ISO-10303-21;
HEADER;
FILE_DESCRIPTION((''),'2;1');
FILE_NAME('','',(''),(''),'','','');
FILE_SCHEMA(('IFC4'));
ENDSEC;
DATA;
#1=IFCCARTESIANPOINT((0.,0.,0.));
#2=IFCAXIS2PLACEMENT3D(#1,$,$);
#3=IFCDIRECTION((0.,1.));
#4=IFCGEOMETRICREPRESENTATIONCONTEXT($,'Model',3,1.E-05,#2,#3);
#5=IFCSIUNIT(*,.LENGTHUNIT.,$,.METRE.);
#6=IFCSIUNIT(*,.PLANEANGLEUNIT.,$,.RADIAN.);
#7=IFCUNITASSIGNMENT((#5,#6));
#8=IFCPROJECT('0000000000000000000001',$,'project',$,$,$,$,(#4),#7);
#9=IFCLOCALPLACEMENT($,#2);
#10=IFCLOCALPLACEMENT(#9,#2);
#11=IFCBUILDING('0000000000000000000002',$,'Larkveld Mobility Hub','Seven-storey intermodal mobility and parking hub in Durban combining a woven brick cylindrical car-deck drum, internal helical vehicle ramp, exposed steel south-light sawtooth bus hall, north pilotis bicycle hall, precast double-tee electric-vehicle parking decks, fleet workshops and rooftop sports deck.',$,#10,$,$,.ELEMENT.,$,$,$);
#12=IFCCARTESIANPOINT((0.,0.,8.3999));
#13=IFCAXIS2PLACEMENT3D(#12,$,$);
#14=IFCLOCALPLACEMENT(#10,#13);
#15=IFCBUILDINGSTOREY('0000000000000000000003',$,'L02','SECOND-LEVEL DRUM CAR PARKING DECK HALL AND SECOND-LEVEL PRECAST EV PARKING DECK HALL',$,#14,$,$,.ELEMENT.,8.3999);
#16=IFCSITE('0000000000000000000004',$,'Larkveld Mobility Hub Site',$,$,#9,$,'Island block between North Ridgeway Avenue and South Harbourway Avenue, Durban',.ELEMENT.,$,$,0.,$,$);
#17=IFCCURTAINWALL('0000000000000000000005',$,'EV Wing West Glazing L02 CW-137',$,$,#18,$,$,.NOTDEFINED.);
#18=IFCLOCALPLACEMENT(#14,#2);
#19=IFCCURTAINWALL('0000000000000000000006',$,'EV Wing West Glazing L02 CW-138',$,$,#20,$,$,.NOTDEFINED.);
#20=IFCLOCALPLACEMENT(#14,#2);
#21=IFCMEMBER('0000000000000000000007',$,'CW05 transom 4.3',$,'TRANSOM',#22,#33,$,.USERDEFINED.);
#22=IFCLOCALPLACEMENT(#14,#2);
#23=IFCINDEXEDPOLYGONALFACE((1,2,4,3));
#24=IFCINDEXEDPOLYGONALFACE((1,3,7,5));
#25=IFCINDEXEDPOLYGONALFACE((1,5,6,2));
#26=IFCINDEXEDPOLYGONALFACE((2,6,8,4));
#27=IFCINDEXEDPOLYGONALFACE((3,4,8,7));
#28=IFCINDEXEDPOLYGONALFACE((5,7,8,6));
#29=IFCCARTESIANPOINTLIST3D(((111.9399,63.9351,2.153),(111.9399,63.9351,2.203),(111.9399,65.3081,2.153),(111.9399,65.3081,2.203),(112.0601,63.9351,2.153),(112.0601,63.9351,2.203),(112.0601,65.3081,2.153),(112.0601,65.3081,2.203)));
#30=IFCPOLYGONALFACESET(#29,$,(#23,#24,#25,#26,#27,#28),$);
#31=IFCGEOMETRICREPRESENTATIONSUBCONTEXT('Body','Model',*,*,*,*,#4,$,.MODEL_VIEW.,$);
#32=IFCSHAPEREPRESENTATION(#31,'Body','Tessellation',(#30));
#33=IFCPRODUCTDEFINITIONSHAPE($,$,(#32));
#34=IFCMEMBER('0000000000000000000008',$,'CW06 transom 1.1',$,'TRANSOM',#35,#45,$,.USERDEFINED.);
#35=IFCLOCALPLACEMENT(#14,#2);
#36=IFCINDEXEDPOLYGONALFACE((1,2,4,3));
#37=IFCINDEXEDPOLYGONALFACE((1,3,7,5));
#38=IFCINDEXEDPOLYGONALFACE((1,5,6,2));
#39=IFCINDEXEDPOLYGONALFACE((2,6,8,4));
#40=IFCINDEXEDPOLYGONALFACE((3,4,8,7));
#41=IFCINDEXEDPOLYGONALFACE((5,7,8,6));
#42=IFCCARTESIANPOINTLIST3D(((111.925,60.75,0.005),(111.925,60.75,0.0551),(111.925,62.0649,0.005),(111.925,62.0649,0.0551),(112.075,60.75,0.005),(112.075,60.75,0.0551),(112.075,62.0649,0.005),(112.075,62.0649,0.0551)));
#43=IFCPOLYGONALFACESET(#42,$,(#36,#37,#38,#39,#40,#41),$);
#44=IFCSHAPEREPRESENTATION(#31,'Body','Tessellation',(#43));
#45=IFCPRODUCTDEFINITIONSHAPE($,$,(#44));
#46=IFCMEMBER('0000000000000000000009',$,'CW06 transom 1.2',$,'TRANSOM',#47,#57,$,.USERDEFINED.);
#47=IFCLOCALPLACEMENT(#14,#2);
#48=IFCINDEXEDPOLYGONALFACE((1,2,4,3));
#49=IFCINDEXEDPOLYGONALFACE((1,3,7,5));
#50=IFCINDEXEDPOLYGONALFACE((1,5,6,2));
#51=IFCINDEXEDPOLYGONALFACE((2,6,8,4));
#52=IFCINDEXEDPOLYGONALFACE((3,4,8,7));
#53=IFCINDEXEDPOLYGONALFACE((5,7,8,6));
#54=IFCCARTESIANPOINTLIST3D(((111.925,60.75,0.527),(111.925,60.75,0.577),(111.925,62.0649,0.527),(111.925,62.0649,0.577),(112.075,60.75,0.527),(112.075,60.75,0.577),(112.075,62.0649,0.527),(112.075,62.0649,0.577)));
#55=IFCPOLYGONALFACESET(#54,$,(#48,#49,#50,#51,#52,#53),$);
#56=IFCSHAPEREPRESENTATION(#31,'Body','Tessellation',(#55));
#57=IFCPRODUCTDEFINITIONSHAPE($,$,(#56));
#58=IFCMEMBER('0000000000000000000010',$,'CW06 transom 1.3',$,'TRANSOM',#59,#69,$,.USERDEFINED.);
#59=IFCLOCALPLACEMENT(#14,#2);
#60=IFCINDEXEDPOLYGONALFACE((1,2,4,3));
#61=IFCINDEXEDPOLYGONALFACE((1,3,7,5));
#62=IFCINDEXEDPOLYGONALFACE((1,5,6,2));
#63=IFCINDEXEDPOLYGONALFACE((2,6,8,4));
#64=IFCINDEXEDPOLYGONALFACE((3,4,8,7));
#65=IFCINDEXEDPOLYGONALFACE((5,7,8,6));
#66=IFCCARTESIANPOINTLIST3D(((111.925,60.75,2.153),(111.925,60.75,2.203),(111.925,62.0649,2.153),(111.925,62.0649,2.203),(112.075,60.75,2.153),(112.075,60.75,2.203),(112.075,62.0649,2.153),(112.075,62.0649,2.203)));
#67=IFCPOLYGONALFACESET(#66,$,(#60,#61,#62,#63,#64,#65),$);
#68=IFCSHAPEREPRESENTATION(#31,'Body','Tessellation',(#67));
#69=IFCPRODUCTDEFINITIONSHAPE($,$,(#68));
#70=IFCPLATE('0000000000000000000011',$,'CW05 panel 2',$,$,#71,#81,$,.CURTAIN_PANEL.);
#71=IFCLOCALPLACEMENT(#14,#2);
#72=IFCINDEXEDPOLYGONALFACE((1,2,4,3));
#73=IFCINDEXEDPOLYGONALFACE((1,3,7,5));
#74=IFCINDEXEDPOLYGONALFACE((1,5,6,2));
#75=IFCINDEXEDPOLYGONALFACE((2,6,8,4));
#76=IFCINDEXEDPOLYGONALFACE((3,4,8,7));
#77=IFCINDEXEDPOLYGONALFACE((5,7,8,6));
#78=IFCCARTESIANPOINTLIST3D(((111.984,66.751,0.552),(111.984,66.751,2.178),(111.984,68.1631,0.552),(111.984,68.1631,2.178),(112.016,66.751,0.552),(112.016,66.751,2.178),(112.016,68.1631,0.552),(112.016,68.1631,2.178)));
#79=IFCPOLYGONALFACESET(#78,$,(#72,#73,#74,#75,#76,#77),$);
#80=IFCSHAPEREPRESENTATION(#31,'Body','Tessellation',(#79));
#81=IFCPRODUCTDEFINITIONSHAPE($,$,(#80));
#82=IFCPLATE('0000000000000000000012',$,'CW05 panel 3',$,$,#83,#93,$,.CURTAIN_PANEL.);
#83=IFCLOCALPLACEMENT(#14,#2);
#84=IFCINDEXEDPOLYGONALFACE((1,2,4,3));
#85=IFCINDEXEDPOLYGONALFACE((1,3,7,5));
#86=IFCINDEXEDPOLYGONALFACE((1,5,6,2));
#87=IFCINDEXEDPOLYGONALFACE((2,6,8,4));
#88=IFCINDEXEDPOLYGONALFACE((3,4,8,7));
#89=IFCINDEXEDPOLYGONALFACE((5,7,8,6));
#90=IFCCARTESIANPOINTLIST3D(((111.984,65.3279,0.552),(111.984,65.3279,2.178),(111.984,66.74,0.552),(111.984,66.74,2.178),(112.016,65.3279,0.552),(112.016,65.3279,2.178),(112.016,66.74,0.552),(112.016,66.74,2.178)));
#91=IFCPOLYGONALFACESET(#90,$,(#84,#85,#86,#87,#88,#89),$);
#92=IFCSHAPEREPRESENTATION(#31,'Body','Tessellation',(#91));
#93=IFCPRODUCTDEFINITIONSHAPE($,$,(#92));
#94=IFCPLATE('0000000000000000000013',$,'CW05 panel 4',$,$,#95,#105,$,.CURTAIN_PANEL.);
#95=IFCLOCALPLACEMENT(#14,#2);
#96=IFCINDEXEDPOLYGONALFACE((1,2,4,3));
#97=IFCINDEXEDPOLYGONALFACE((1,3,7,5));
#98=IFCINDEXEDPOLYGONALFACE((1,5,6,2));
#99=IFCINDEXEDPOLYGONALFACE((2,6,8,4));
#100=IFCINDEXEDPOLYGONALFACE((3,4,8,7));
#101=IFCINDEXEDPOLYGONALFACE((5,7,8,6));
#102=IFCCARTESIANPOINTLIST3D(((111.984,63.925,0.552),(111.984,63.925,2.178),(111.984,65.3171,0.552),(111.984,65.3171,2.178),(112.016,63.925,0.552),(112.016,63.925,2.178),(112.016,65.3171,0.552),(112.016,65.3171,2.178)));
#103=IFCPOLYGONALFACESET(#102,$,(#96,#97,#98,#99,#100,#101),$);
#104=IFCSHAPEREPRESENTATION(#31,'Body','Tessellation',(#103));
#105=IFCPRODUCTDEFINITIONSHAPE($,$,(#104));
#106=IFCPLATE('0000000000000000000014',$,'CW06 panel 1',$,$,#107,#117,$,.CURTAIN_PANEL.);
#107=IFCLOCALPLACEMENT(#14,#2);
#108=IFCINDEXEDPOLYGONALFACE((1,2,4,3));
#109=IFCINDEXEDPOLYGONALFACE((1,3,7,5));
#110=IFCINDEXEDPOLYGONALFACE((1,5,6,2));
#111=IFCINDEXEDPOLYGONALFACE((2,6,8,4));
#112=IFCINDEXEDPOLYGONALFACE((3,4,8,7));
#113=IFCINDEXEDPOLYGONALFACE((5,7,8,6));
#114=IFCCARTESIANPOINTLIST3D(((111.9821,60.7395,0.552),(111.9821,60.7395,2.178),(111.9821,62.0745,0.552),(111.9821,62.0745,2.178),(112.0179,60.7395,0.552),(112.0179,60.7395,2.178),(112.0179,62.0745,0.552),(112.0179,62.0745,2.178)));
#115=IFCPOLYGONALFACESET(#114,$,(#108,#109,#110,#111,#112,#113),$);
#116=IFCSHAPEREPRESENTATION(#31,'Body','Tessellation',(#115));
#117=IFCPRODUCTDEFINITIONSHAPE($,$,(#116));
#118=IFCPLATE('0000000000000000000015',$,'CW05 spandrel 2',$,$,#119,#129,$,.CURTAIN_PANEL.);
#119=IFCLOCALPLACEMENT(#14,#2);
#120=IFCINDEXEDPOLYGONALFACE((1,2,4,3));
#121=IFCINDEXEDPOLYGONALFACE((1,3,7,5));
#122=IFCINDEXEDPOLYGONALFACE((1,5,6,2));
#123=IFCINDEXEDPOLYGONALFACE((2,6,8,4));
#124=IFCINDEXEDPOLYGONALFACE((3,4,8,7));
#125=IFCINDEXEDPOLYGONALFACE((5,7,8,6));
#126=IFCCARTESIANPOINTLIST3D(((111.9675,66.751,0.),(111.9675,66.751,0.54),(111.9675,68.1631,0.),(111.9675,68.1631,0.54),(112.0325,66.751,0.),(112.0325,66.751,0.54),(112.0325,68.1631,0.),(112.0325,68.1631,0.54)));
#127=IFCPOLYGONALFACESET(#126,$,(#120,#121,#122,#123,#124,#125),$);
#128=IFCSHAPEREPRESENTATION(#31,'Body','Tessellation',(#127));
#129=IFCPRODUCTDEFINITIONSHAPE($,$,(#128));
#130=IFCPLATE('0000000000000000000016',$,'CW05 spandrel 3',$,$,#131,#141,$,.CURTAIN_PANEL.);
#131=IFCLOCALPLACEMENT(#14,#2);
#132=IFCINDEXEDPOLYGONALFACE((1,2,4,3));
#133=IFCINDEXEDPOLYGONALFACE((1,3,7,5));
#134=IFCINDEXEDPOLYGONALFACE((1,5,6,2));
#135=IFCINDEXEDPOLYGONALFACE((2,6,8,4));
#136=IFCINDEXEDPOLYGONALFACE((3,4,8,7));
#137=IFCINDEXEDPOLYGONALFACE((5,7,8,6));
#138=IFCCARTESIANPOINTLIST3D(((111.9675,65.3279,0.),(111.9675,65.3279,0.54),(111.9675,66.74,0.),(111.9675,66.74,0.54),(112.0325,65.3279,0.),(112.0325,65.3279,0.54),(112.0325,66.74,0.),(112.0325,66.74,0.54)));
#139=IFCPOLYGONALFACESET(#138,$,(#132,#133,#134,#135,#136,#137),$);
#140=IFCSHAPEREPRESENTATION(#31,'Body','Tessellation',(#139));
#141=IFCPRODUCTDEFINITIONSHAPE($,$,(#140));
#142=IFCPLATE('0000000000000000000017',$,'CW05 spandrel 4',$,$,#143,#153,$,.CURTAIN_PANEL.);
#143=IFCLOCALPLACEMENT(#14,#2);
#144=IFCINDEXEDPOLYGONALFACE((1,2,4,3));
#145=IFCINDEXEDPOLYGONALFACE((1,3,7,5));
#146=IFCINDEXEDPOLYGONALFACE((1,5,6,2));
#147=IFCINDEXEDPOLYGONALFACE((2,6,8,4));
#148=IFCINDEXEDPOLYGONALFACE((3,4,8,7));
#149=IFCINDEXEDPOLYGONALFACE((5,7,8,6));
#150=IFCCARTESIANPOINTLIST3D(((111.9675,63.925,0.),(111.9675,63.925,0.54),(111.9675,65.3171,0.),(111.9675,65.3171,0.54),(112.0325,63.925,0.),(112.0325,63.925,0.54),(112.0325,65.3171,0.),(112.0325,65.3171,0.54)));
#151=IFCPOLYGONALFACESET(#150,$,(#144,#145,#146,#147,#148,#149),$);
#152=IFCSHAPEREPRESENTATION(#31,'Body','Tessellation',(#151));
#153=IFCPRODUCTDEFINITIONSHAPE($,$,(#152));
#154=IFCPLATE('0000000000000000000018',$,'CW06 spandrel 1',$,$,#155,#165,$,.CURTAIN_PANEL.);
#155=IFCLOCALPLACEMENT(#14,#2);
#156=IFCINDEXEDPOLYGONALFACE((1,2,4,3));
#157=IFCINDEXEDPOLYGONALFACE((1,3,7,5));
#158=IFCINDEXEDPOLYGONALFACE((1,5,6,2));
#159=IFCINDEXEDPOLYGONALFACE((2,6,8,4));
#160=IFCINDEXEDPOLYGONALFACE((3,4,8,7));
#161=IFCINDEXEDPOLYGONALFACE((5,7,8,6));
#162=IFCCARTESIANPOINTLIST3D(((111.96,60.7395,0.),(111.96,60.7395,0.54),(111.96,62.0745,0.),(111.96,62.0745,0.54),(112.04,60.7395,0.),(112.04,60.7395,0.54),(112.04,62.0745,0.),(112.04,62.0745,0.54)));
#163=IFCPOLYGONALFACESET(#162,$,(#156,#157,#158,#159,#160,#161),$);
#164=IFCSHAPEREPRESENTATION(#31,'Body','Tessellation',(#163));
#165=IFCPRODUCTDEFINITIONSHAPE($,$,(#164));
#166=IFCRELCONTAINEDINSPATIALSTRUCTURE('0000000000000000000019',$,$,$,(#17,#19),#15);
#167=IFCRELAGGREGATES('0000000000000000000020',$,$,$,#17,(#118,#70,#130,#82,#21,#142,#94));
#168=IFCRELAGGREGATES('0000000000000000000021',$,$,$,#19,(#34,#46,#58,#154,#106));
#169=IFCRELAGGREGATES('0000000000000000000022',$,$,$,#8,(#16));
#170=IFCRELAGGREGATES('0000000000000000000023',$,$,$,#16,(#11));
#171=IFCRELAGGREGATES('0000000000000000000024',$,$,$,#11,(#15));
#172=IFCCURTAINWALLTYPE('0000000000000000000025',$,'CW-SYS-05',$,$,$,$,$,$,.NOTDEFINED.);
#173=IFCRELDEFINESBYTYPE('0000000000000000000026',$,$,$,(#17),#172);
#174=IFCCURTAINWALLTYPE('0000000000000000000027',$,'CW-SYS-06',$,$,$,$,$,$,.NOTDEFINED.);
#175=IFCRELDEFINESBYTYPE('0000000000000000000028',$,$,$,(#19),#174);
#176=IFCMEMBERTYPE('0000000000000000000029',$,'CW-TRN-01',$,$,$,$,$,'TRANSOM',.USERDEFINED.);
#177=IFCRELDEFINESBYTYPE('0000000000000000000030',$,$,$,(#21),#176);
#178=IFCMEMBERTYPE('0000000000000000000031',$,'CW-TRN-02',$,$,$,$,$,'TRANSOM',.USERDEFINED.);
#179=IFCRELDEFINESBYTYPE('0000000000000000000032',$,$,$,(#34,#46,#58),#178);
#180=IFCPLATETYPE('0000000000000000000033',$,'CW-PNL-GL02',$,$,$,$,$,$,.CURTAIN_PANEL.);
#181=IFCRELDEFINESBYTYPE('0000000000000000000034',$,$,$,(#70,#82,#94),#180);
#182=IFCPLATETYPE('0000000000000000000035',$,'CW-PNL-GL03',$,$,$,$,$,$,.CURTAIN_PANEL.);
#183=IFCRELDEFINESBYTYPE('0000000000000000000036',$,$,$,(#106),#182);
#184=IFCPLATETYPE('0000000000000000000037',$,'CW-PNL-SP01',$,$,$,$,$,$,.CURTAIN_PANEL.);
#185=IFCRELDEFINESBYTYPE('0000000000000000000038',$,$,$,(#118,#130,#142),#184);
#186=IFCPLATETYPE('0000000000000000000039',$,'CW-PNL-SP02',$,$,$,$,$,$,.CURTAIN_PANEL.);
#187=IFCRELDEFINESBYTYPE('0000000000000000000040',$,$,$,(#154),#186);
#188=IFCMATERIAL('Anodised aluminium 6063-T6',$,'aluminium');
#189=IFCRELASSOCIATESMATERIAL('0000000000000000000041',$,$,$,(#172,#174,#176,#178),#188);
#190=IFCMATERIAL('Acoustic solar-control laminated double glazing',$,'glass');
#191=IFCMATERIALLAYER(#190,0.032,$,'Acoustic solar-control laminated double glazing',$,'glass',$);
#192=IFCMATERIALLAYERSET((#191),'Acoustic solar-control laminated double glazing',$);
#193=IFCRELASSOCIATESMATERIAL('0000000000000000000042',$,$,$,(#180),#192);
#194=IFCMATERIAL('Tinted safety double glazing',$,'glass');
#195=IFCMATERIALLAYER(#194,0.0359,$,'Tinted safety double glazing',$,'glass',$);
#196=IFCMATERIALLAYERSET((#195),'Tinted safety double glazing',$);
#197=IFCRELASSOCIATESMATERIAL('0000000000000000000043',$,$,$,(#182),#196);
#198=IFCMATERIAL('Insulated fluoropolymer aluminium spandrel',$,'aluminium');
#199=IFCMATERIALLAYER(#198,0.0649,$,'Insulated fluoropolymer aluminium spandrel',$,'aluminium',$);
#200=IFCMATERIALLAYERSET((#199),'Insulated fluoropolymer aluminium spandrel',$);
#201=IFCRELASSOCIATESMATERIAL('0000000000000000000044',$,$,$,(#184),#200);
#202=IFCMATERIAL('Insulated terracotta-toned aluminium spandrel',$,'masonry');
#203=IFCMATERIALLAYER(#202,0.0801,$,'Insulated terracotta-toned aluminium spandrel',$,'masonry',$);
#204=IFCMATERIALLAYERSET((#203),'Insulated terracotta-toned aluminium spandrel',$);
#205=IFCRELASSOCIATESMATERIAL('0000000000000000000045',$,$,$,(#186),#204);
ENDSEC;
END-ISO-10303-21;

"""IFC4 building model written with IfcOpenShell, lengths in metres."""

from ifc_helpers import new_model, si_unit, direction, frame, origin, origin_2d, place, context, subcontext, project, spatial, rectangle, extrude, material, layer, layer_set, material_profile, profile_set, type_object, element, aggregate, save


model = new_model("IFC4")

# Units and contexts
model_context = context("Model", 3, precision=1e-05, world=origin(), true_north=direction((0.0, 1.0)))
body_context = subcontext(model_context, "Body", "Model", "MODEL_VIEW")
ifc_project = project(units=[si_unit("LENGTHUNIT", "METRE"), si_unit("PLANEANGLEUNIT", "RADIAN")], contexts=[model_context])

# Site, building, storey
site_placement = place(None, origin())
site = spatial("IfcSite", under=ifc_project, at=site_placement, Name="Larkveld Mobility Hub Site", LongName="Island block between North Ridgeway Avenue and South Harbourway Avenue, Durban", CompositionType="ELEMENT", RefElevation=0.0)
building_placement = place(site_placement, origin())
building = spatial("IfcBuilding", under=site, at=building_placement, Name="Larkveld Mobility Hub", Description="Seven-storey intermodal mobility and parking hub in Durban combining a woven brick cylindrical car-deck drum, internal helical vehicle ramp, exposed steel south-light sawtooth bus hall, north pilotis bicycle hall, precast double-tee electric-vehicle parking decks, fleet workshops and rooftop sports deck.", CompositionType="ELEMENT")
storey_placement = place(building_placement, frame((0.0, 0.0, 8.3999)))
storey = spatial("IfcBuildingStorey", under=building, at=storey_placement, Name="L02", Description="SECOND-LEVEL DRUM CAR PARKING DECK HALL AND SECOND-LEVEL PRECAST EV PARKING DECK HALL", CompositionType="ELEMENT", Elevation=8.3999)

# Curtain walls
ifc_material_1 = material(Name="Anodised aluminium 6063-T6", Category="aluminium")
curtain_wall_type_1 = type_object("IfcCurtainWallType", Name="CW-SYS-05", PredefinedType="NOTDEFINED", material=ifc_material_1)
curtain_wall_1_placement = place(storey_placement, origin())
curtain_wall_1 = element("IfcCurtainWall", 1, at=curtain_wall_1_placement, inside=storey, type_object=curtain_wall_type_1, Name="EV Wing West Glazing L02 CW-137", PredefinedType="NOTDEFINED")
curtain_wall_type_2 = type_object("IfcCurtainWallType", Name="CW-SYS-06", PredefinedType="NOTDEFINED", material=ifc_material_1)
curtain_wall_2_placement = place(storey_placement, origin())
curtain_wall_2 = element("IfcCurtainWall", 2, at=curtain_wall_2_placement, inside=storey, type_object=curtain_wall_type_2, Name="EV Wing West Glazing L02 CW-138", PredefinedType="NOTDEFINED")

# Members
ifc_material_profile_1 = material_profile(ifc_material_1, rectangle(XDim=0.1201, YDim=0.05, at=origin_2d()), Name="ALU TRAN 50x120")
ifc_profile_set_1 = profile_set([ifc_material_profile_1], Name="Anodised aluminium 6063-T6")
member_type_1 = type_object("IfcMemberType", Name="CW-TRN-01", ElementType="TRANSOM", PredefinedType="USERDEFINED", material=ifc_profile_set_1)
member_1_placement = place(storey_placement, frame((112.0, 65.3081, 2.178), z_axis=(0.0, -1.0, 0.0), x_axis=(1.0, 0.0, 0.0)))
member_1 = element("IfcMember", 3, at=member_1_placement, type_object=member_type_1, Name="CW05 transom 4.3", ObjectType="TRANSOM", PredefinedType="USERDEFINED", context=body_context, shape_type="SweptSolid", body=[
    extrude(rectangle(XDim=0.1201, YDim=0.05, at=origin_2d()), origin(), (0.0, 0.0, 1.0), 1.373),
])
ifc_material_profile_2 = material_profile(ifc_material_1, rectangle(XDim=0.1499, YDim=0.05, at=origin_2d()), Name="ALU TRAN 50x150")
ifc_profile_set_2 = profile_set([ifc_material_profile_2], Name="Anodised aluminium 6063-T6")
member_type_2 = type_object("IfcMemberType", Name="CW-TRN-02", ElementType="TRANSOM", PredefinedType="USERDEFINED", material=ifc_profile_set_2)
member_2_placement = place(storey_placement, frame((112.0, 62.0649, 0.03), z_axis=(0.0, -1.0, 0.0), x_axis=(1.0, 0.0, 0.0)))
member_2 = element("IfcMember", 4, at=member_2_placement, type_object=member_type_2, Name="CW06 transom 1.1", ObjectType="TRANSOM", PredefinedType="USERDEFINED", context=body_context, shape_type="SweptSolid", body=[
    extrude(rectangle(XDim=0.1499, YDim=0.05, at=origin_2d()), origin(), (0.0, 0.0, 1.0), 1.3149),
])
member_3_placement = place(storey_placement, frame((112.0, 62.0649, 0.552), z_axis=(0.0, -1.0, 0.0), x_axis=(1.0, 0.0, 0.0)))
member_3 = element("IfcMember", 5, at=member_3_placement, type_object=member_type_2, Name="CW06 transom 1.2", ObjectType="TRANSOM", PredefinedType="USERDEFINED", context=body_context, shape_type="SweptSolid", body=[
    extrude(rectangle(XDim=0.1499, YDim=0.05, at=origin_2d()), origin(), (0.0, 0.0, 1.0), 1.3149),
])
member_4_placement = place(storey_placement, frame((112.0, 62.0649, 2.178), z_axis=(0.0, -1.0, 0.0), x_axis=(1.0, 0.0, 0.0)))
member_4 = element("IfcMember", 6, at=member_4_placement, type_object=member_type_2, Name="CW06 transom 1.3", ObjectType="TRANSOM", PredefinedType="USERDEFINED", context=body_context, shape_type="SweptSolid", body=[
    extrude(rectangle(XDim=0.1499, YDim=0.05, at=origin_2d()), origin(), (0.0, 0.0, 1.0), 1.3149),
])

# Plates
ifc_material_2 = material(Name="Acoustic solar-control laminated double glazing", Category="glass")
ifc_layer_1 = layer(ifc_material_2, 0.032, Name="Acoustic solar-control laminated double glazing", Category="glass")
ifc_layer_set_1 = layer_set([ifc_layer_1], Name="Acoustic solar-control laminated double glazing")
plate_type_1 = type_object("IfcPlateType", Name="CW-PNL-GL02", PredefinedType="CURTAIN_PANEL", material=ifc_layer_set_1)
plate_1_placement = place(storey_placement, frame((112.0, 67.457, 0.552), z_axis=(0.0, 0.0, 1.0), x_axis=(0.0, -1.0, 0.0)))
plate_1 = element("IfcPlate", 7, at=plate_1_placement, type_object=plate_type_1, Name="CW05 panel 2", PredefinedType="CURTAIN_PANEL", context=body_context, shape_type="SweptSolid", body=[
    extrude(rectangle(XDim=1.4121, YDim=0.032, at=origin_2d()), origin(), (0.0, 0.0, 1.0), 1.626),
])
plate_2_placement = place(storey_placement, frame((112.0, 66.0339, 0.552), z_axis=(0.0, 0.0, 1.0), x_axis=(0.0, -1.0, 0.0)))
plate_2 = element("IfcPlate", 8, at=plate_2_placement, type_object=plate_type_1, Name="CW05 panel 3", PredefinedType="CURTAIN_PANEL", context=body_context, shape_type="SweptSolid", body=[
    extrude(rectangle(XDim=1.4121, YDim=0.032, at=origin_2d()), origin(), (0.0, 0.0, 1.0), 1.626),
])
plate_3_placement = place(storey_placement, frame((112.0, 64.6211, 0.552), z_axis=(0.0, 0.0, 1.0), x_axis=(0.0, -1.0, 0.0)))
plate_3 = element("IfcPlate", 9, at=plate_3_placement, type_object=plate_type_1, Name="CW05 panel 4", PredefinedType="CURTAIN_PANEL", context=body_context, shape_type="SweptSolid", body=[
    extrude(rectangle(XDim=1.3921, YDim=0.032, at=origin_2d()), origin(), (0.0, 0.0, 1.0), 1.626),
])
ifc_material_3 = material(Name="Tinted safety double glazing", Category="glass")
ifc_layer_2 = layer(ifc_material_3, 0.0359, Name="Tinted safety double glazing", Category="glass")
ifc_layer_set_2 = layer_set([ifc_layer_2], Name="Tinted safety double glazing")
plate_type_2 = type_object("IfcPlateType", Name="CW-PNL-GL03", PredefinedType="CURTAIN_PANEL", material=ifc_layer_set_2)
plate_4_placement = place(storey_placement, frame((112.0, 61.407, 0.552), z_axis=(0.0, 0.0, 1.0), x_axis=(0.0, -1.0, 0.0)))
plate_4 = element("IfcPlate", 10, at=plate_4_placement, type_object=plate_type_2, Name="CW06 panel 1", PredefinedType="CURTAIN_PANEL", context=body_context, shape_type="SweptSolid", body=[
    extrude(rectangle(XDim=1.335, YDim=0.0359, at=origin_2d()), origin(), (0.0, 0.0, 1.0), 1.626),
])
ifc_material_4 = material(Name="Insulated fluoropolymer aluminium spandrel", Category="aluminium")
ifc_layer_3 = layer(ifc_material_4, 0.0649, Name="Insulated fluoropolymer aluminium spandrel", Category="aluminium")
ifc_layer_set_3 = layer_set([ifc_layer_3], Name="Insulated fluoropolymer aluminium spandrel")
plate_type_3 = type_object("IfcPlateType", Name="CW-PNL-SP01", PredefinedType="CURTAIN_PANEL", material=ifc_layer_set_3)
plate_5_placement = place(storey_placement, frame((112.0, 67.457, 0.0), z_axis=(0.0, 0.0, 1.0), x_axis=(0.0, -1.0, 0.0)))
plate_5 = element("IfcPlate", 11, at=plate_5_placement, type_object=plate_type_3, Name="CW05 spandrel 2", PredefinedType="CURTAIN_PANEL", context=body_context, shape_type="SweptSolid", body=[
    extrude(rectangle(XDim=1.4121, YDim=0.0649, at=origin_2d()), origin(), (0.0, 0.0, 1.0), 0.54),
])
plate_6_placement = place(storey_placement, frame((112.0, 66.0339, 0.0), z_axis=(0.0, 0.0, 1.0), x_axis=(0.0, -1.0, 0.0)))
plate_6 = element("IfcPlate", 12, at=plate_6_placement, type_object=plate_type_3, Name="CW05 spandrel 3", PredefinedType="CURTAIN_PANEL", context=body_context, shape_type="SweptSolid", body=[
    extrude(rectangle(XDim=1.4121, YDim=0.0649, at=origin_2d()), origin(), (0.0, 0.0, 1.0), 0.54),
])
plate_7_placement = place(storey_placement, frame((112.0, 64.6211, 0.0), z_axis=(0.0, 0.0, 1.0), x_axis=(0.0, -1.0, 0.0)))
plate_7 = element("IfcPlate", 13, at=plate_7_placement, type_object=plate_type_3, Name="CW05 spandrel 4", PredefinedType="CURTAIN_PANEL", context=body_context, shape_type="SweptSolid", body=[
    extrude(rectangle(XDim=1.3921, YDim=0.0649, at=origin_2d()), origin(), (0.0, 0.0, 1.0), 0.54),
])
aggregate(curtain_wall_1, [plate_5, plate_1, plate_6, plate_2, member_1, plate_7, plate_3])
ifc_material_5 = material(Name="Insulated terracotta-toned aluminium spandrel", Category="masonry")
ifc_layer_4 = layer(ifc_material_5, 0.0801, Name="Insulated terracotta-toned aluminium spandrel", Category="masonry")
ifc_layer_set_4 = layer_set([ifc_layer_4], Name="Insulated terracotta-toned aluminium spandrel")
plate_type_4 = type_object("IfcPlateType", Name="CW-PNL-SP02", PredefinedType="CURTAIN_PANEL", material=ifc_layer_set_4)
plate_8_placement = place(storey_placement, frame((112.0, 61.407, 0.0), z_axis=(0.0, 0.0, 1.0), x_axis=(0.0, -1.0, 0.0)))
plate_8 = element("IfcPlate", 14, at=plate_8_placement, type_object=plate_type_4, Name="CW06 spandrel 1", PredefinedType="CURTAIN_PANEL", context=body_context, shape_type="SweptSolid", body=[
    extrude(rectangle(XDim=1.335, YDim=0.0801, at=origin_2d()), origin(), (0.0, 0.0, 1.0), 0.54),
])
aggregate(curtain_wall_2, [member_2, member_3, member_4, plate_8, plate_4])

save(model, "model.ifc")
